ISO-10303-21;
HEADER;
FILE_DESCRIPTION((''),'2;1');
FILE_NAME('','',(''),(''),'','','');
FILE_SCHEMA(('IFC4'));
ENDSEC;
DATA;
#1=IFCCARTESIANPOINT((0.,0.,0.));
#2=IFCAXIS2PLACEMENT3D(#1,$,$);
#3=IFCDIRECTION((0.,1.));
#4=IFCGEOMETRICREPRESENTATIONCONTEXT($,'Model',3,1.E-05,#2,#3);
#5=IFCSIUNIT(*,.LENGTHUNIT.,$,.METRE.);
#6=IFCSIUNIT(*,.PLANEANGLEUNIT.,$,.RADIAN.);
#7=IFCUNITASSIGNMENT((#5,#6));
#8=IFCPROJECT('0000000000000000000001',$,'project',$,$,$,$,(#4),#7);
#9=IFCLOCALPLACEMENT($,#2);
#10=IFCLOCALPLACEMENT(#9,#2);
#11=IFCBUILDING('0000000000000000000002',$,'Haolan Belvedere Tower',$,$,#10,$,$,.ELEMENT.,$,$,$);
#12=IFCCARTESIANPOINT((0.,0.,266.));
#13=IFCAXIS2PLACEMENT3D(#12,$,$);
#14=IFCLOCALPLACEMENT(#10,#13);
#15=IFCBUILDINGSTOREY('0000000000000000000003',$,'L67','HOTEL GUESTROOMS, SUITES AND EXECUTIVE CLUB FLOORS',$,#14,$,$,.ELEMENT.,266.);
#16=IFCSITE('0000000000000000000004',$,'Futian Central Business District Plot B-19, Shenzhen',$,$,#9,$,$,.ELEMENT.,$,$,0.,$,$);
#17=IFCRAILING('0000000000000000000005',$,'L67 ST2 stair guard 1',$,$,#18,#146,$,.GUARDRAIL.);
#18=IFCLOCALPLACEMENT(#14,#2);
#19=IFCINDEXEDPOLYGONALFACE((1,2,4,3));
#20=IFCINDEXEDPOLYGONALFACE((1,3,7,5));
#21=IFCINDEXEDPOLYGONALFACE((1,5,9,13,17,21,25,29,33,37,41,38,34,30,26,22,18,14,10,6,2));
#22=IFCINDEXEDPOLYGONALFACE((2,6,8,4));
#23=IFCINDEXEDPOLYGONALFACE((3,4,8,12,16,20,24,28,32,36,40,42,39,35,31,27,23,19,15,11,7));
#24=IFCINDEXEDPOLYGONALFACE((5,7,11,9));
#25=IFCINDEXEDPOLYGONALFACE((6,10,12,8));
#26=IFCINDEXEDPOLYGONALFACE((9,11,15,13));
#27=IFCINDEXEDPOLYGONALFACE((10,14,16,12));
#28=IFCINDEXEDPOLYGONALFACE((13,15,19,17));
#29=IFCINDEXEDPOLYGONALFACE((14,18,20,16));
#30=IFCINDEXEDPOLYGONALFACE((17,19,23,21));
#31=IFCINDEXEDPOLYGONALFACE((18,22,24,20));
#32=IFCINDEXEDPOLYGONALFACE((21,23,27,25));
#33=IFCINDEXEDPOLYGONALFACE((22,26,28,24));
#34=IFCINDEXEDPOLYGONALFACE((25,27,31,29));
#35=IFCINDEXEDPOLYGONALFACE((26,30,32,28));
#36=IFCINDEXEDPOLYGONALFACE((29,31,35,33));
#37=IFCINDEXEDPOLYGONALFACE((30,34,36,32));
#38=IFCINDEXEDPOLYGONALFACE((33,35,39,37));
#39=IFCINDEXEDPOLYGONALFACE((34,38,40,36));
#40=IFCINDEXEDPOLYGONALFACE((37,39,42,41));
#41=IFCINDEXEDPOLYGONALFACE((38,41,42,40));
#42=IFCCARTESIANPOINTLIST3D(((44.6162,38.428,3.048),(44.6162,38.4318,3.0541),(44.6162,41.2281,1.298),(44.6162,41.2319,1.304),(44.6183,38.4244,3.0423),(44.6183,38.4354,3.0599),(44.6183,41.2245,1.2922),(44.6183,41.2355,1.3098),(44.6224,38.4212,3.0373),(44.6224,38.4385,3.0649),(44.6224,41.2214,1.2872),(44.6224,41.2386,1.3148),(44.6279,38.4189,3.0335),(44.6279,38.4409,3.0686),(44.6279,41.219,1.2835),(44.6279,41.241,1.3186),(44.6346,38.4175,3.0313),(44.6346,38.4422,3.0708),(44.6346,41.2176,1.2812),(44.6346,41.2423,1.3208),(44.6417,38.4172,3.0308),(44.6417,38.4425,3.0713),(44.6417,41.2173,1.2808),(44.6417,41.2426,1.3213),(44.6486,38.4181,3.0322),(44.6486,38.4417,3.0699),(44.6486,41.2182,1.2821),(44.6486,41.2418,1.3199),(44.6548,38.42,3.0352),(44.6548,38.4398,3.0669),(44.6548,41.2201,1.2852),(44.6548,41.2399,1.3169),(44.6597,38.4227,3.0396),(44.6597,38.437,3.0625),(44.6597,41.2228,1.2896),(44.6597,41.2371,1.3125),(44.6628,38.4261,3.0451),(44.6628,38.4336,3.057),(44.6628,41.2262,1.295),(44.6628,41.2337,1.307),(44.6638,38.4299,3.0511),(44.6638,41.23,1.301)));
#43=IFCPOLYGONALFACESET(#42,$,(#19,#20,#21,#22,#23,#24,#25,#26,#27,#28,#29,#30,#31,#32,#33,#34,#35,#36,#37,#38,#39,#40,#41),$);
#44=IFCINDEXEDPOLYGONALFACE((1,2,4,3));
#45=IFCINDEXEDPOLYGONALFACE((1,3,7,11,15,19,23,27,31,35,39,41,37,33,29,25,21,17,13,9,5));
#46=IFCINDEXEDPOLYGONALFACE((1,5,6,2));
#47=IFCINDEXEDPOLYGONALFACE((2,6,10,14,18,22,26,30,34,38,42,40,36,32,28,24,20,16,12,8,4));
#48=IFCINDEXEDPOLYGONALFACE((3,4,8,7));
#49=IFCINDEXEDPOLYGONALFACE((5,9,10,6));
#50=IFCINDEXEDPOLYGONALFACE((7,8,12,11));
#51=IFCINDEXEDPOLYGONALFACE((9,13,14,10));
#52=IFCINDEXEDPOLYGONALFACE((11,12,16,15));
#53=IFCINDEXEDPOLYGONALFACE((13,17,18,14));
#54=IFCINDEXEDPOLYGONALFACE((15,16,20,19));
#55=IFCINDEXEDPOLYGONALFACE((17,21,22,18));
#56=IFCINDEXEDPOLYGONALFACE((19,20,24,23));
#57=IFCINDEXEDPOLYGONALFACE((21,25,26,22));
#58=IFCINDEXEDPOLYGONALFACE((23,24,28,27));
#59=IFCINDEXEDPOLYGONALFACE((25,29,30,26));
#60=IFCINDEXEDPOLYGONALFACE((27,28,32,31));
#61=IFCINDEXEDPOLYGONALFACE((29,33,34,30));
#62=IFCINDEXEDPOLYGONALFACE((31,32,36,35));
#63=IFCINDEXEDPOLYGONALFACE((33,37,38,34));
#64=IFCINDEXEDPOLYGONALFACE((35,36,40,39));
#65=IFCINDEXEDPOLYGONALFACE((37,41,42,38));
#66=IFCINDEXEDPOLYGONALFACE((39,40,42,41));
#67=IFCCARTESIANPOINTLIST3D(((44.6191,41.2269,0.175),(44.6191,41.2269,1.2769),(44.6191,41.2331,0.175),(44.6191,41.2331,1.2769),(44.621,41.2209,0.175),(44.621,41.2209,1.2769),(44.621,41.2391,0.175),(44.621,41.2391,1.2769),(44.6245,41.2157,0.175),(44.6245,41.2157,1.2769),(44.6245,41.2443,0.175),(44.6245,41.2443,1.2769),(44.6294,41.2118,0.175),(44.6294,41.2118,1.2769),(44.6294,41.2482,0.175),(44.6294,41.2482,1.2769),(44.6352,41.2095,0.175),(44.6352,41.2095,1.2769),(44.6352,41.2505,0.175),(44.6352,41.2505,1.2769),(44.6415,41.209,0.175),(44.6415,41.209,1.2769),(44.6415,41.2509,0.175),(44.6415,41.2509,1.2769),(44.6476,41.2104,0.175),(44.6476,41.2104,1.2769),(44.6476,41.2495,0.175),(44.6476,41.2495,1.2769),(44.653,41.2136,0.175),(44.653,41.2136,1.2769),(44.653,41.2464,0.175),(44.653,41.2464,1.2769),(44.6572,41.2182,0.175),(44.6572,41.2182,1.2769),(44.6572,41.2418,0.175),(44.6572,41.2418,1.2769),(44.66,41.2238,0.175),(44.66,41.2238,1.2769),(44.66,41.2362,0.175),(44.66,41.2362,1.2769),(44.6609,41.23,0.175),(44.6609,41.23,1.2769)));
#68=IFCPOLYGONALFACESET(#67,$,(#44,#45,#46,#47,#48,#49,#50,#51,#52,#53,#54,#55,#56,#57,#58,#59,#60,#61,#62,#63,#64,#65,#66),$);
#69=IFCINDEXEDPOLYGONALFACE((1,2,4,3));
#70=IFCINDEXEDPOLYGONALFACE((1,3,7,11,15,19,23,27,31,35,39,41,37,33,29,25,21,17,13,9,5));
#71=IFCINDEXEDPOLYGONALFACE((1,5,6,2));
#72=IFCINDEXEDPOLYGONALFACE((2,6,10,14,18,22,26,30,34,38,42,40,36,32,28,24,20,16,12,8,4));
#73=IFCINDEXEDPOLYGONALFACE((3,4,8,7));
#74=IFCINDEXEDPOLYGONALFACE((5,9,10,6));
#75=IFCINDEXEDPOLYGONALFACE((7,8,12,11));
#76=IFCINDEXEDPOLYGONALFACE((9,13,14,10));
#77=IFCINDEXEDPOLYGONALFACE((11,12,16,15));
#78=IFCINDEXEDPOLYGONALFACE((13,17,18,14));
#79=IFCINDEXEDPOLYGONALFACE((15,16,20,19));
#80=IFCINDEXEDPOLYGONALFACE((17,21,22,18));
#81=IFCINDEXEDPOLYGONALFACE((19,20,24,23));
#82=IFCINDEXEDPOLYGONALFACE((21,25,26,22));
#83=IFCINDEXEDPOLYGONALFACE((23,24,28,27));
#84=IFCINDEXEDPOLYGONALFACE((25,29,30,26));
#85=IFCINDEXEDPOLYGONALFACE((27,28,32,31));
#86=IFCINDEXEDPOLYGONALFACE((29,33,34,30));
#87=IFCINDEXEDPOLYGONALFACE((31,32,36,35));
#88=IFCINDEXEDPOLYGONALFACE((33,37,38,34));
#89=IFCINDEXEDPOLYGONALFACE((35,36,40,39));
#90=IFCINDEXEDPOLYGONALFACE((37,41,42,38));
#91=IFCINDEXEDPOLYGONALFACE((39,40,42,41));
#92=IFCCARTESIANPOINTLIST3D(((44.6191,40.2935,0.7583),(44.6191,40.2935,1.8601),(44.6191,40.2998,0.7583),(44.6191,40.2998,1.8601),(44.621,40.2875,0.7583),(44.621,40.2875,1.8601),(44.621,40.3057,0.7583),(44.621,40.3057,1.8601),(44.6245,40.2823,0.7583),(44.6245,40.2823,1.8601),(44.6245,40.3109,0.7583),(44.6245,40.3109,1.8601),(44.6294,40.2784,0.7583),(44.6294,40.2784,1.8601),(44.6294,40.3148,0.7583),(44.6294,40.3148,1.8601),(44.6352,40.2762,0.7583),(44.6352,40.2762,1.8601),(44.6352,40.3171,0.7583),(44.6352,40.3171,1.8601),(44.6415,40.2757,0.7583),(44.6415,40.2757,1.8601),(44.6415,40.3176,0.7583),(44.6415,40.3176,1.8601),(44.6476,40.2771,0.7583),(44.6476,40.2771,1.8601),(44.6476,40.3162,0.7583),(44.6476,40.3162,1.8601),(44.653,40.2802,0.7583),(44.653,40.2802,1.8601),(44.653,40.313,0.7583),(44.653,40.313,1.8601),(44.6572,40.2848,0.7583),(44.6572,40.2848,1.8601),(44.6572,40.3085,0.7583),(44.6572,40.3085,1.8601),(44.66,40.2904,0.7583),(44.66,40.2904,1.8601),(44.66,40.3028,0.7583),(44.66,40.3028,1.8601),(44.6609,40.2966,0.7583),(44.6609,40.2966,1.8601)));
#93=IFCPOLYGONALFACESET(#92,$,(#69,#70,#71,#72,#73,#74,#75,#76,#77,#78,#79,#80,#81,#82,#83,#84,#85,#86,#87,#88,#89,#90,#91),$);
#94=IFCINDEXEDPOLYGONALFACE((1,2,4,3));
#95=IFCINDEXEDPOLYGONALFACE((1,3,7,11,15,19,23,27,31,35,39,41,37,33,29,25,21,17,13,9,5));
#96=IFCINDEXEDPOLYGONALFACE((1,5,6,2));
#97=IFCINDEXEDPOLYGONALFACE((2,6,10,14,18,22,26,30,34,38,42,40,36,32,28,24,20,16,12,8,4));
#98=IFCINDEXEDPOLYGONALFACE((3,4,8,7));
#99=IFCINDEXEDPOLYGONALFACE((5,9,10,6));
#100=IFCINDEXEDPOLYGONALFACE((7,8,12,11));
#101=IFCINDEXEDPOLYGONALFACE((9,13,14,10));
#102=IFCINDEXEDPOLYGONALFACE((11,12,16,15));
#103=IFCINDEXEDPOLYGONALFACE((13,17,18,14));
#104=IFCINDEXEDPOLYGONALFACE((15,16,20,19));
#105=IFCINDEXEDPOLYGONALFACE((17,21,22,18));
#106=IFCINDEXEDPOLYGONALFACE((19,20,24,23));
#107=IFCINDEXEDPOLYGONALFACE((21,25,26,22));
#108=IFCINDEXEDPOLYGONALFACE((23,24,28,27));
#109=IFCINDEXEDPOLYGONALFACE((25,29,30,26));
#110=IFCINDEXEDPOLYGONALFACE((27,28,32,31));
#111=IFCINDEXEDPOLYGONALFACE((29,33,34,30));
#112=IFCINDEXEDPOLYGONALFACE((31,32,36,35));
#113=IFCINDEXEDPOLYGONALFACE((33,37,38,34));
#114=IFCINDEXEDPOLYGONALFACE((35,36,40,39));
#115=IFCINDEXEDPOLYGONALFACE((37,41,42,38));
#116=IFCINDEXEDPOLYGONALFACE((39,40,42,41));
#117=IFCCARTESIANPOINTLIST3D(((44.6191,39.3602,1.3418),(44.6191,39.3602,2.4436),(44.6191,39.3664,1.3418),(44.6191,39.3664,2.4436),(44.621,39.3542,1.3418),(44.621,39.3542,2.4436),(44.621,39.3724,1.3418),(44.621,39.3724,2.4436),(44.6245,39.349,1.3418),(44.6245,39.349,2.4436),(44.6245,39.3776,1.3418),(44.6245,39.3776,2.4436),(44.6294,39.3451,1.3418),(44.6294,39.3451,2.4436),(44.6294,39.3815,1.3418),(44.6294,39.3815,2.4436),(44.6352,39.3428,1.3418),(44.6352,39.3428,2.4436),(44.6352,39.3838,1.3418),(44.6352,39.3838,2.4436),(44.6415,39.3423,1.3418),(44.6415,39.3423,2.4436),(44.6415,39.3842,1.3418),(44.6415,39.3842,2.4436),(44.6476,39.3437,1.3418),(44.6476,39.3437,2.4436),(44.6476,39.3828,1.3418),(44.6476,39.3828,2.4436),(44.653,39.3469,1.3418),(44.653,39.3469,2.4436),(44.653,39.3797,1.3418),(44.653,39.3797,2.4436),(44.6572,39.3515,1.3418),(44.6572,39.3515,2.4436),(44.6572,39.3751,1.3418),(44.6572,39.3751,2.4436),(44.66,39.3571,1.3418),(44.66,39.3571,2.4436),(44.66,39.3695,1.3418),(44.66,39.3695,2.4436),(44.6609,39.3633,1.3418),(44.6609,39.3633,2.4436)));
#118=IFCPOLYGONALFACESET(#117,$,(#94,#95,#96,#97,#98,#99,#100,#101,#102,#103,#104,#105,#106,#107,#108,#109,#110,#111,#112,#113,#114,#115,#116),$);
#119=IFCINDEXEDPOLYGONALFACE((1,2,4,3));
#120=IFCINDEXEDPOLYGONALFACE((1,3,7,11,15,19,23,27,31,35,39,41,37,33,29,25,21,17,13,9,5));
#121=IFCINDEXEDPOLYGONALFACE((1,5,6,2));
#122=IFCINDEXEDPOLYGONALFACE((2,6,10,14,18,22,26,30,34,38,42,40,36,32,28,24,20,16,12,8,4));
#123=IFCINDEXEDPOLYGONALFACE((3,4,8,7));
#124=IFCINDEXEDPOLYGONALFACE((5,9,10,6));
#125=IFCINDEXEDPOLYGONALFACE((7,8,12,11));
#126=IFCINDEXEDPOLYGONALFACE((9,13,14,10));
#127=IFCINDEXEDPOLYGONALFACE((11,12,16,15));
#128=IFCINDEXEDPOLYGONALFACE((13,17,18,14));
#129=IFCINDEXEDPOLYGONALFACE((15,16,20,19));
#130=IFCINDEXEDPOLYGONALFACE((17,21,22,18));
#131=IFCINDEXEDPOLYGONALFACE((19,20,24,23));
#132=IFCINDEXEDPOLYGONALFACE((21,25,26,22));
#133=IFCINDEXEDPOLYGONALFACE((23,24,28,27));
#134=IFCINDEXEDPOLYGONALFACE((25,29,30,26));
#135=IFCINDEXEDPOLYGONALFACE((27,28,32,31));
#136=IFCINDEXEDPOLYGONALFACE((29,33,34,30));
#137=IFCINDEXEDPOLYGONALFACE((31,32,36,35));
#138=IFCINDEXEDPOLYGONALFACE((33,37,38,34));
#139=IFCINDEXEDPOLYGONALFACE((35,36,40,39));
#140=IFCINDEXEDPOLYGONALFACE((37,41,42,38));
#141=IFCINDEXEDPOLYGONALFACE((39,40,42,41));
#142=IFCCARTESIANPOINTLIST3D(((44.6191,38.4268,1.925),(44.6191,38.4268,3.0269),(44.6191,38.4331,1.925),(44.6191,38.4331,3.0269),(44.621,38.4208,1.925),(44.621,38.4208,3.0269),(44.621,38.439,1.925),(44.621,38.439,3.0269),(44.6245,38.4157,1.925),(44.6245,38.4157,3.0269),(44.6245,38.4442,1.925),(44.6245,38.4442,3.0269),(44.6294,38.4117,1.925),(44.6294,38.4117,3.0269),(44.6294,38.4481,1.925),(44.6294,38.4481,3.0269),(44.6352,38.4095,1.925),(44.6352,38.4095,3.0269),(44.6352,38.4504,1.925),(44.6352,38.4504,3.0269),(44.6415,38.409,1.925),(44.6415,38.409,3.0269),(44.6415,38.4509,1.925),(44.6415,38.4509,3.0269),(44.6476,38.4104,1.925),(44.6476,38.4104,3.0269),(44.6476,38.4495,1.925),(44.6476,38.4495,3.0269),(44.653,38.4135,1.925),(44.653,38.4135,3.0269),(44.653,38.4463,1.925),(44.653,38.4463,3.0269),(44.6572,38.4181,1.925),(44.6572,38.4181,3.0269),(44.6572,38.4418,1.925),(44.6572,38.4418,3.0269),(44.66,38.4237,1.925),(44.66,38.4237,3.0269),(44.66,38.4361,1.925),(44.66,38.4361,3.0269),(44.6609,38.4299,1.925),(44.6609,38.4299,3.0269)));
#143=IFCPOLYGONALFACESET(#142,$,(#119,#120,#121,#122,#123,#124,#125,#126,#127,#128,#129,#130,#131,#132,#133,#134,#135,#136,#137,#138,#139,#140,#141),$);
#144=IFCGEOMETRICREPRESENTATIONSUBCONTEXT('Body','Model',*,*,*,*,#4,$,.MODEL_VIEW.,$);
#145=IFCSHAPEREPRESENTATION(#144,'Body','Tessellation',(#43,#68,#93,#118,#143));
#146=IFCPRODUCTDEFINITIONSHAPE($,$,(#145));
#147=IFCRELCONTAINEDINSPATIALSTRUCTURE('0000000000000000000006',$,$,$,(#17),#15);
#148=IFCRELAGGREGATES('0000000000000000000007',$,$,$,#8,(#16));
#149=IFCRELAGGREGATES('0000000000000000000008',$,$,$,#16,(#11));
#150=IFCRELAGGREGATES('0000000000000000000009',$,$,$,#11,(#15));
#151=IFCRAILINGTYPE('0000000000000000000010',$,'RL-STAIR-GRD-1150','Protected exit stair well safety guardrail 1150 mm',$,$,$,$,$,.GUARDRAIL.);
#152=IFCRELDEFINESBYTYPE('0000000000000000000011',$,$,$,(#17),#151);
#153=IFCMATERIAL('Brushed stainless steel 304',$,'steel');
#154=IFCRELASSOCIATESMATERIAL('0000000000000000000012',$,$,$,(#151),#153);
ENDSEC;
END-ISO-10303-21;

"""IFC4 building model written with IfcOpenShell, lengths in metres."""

from ifc_helpers import new_model, si_unit, direction, frame, origin, origin_2d, place, context, subcontext, project, spatial, circle, extrude, material, type_object, element, save


model = new_model("IFC4")

# Units and contexts
model_context = context("Model", 3, precision=1e-05, world=origin(), true_north=direction((0.0, 1.0)))
body_context = subcontext(model_context, "Body", "Model", "MODEL_VIEW")
ifc_project = project(units=[si_unit("LENGTHUNIT", "METRE"), si_unit("PLANEANGLEUNIT", "RADIAN")], contexts=[model_context])

# Site, building, storey
site_placement = place(None, origin())
site = spatial("IfcSite", under=ifc_project, at=site_placement, Name="Futian Central Business District Plot B-19, Shenzhen", CompositionType="ELEMENT", RefElevation=0.0)
building_placement = place(site_placement, origin())
building = spatial("IfcBuilding", under=site, at=building_placement, Name="Haolan Belvedere Tower", CompositionType="ELEMENT")
storey_placement = place(building_placement, frame((0.0, 0.0, 266.0)))
storey = spatial("IfcBuildingStorey", under=building, at=storey_placement, Name="L67", Description="HOTEL GUESTROOMS, SUITES AND EXECUTIVE CLUB FLOORS", CompositionType="ELEMENT", Elevation=266.0)

# Railing
ifc_material_1 = material(Name="Brushed stainless steel 304", Category="steel")
railing_type_1 = type_object("IfcRailingType", Name="RL-STAIR-GRD-1150", Description="Protected exit stair well safety guardrail 1150 mm", PredefinedType="GUARDRAIL", material=ifc_material_1)
railing_1_placement = place(storey_placement, frame((44.6399, 41.23, 0.175)))
element("IfcRailing", 1, at=railing_1_placement, inside=storey, type_object=railing_type_1, Name="L67 ST2 stair guard 1", PredefinedType="GUARDRAIL", context=body_context, shape_type="SweptSolid", body=[
    extrude(circle(Radius=0.0239, at=origin_2d()), frame((0.0, 0.0, 1.126), z_axis=(0.0, -0.848002, 0.529992), x_axis=(1.0, 0.0, 0.0)), (0.0, 0.0, 1.0), 3.302),
    extrude(circle(Radius=0.021, at=origin_2d()), origin(), (0.0, 0.0, 1.0), 1.1018),
    extrude(circle(Radius=0.021, at=origin_2d()), frame((0.0, -0.9333, 0.5833)), (0.0, 0.0, 1.0), 1.1018),
    extrude(circle(Radius=0.021, at=origin_2d()), frame((0.0, -1.8667, 1.1667)), (0.0, 0.0, 1.0), 1.1018),
    extrude(circle(Radius=0.021, at=origin_2d()), frame((0.0, -2.8, 1.75)), (0.0, 0.0, 1.0), 1.1018),
])

save(model, "model.ifc")
